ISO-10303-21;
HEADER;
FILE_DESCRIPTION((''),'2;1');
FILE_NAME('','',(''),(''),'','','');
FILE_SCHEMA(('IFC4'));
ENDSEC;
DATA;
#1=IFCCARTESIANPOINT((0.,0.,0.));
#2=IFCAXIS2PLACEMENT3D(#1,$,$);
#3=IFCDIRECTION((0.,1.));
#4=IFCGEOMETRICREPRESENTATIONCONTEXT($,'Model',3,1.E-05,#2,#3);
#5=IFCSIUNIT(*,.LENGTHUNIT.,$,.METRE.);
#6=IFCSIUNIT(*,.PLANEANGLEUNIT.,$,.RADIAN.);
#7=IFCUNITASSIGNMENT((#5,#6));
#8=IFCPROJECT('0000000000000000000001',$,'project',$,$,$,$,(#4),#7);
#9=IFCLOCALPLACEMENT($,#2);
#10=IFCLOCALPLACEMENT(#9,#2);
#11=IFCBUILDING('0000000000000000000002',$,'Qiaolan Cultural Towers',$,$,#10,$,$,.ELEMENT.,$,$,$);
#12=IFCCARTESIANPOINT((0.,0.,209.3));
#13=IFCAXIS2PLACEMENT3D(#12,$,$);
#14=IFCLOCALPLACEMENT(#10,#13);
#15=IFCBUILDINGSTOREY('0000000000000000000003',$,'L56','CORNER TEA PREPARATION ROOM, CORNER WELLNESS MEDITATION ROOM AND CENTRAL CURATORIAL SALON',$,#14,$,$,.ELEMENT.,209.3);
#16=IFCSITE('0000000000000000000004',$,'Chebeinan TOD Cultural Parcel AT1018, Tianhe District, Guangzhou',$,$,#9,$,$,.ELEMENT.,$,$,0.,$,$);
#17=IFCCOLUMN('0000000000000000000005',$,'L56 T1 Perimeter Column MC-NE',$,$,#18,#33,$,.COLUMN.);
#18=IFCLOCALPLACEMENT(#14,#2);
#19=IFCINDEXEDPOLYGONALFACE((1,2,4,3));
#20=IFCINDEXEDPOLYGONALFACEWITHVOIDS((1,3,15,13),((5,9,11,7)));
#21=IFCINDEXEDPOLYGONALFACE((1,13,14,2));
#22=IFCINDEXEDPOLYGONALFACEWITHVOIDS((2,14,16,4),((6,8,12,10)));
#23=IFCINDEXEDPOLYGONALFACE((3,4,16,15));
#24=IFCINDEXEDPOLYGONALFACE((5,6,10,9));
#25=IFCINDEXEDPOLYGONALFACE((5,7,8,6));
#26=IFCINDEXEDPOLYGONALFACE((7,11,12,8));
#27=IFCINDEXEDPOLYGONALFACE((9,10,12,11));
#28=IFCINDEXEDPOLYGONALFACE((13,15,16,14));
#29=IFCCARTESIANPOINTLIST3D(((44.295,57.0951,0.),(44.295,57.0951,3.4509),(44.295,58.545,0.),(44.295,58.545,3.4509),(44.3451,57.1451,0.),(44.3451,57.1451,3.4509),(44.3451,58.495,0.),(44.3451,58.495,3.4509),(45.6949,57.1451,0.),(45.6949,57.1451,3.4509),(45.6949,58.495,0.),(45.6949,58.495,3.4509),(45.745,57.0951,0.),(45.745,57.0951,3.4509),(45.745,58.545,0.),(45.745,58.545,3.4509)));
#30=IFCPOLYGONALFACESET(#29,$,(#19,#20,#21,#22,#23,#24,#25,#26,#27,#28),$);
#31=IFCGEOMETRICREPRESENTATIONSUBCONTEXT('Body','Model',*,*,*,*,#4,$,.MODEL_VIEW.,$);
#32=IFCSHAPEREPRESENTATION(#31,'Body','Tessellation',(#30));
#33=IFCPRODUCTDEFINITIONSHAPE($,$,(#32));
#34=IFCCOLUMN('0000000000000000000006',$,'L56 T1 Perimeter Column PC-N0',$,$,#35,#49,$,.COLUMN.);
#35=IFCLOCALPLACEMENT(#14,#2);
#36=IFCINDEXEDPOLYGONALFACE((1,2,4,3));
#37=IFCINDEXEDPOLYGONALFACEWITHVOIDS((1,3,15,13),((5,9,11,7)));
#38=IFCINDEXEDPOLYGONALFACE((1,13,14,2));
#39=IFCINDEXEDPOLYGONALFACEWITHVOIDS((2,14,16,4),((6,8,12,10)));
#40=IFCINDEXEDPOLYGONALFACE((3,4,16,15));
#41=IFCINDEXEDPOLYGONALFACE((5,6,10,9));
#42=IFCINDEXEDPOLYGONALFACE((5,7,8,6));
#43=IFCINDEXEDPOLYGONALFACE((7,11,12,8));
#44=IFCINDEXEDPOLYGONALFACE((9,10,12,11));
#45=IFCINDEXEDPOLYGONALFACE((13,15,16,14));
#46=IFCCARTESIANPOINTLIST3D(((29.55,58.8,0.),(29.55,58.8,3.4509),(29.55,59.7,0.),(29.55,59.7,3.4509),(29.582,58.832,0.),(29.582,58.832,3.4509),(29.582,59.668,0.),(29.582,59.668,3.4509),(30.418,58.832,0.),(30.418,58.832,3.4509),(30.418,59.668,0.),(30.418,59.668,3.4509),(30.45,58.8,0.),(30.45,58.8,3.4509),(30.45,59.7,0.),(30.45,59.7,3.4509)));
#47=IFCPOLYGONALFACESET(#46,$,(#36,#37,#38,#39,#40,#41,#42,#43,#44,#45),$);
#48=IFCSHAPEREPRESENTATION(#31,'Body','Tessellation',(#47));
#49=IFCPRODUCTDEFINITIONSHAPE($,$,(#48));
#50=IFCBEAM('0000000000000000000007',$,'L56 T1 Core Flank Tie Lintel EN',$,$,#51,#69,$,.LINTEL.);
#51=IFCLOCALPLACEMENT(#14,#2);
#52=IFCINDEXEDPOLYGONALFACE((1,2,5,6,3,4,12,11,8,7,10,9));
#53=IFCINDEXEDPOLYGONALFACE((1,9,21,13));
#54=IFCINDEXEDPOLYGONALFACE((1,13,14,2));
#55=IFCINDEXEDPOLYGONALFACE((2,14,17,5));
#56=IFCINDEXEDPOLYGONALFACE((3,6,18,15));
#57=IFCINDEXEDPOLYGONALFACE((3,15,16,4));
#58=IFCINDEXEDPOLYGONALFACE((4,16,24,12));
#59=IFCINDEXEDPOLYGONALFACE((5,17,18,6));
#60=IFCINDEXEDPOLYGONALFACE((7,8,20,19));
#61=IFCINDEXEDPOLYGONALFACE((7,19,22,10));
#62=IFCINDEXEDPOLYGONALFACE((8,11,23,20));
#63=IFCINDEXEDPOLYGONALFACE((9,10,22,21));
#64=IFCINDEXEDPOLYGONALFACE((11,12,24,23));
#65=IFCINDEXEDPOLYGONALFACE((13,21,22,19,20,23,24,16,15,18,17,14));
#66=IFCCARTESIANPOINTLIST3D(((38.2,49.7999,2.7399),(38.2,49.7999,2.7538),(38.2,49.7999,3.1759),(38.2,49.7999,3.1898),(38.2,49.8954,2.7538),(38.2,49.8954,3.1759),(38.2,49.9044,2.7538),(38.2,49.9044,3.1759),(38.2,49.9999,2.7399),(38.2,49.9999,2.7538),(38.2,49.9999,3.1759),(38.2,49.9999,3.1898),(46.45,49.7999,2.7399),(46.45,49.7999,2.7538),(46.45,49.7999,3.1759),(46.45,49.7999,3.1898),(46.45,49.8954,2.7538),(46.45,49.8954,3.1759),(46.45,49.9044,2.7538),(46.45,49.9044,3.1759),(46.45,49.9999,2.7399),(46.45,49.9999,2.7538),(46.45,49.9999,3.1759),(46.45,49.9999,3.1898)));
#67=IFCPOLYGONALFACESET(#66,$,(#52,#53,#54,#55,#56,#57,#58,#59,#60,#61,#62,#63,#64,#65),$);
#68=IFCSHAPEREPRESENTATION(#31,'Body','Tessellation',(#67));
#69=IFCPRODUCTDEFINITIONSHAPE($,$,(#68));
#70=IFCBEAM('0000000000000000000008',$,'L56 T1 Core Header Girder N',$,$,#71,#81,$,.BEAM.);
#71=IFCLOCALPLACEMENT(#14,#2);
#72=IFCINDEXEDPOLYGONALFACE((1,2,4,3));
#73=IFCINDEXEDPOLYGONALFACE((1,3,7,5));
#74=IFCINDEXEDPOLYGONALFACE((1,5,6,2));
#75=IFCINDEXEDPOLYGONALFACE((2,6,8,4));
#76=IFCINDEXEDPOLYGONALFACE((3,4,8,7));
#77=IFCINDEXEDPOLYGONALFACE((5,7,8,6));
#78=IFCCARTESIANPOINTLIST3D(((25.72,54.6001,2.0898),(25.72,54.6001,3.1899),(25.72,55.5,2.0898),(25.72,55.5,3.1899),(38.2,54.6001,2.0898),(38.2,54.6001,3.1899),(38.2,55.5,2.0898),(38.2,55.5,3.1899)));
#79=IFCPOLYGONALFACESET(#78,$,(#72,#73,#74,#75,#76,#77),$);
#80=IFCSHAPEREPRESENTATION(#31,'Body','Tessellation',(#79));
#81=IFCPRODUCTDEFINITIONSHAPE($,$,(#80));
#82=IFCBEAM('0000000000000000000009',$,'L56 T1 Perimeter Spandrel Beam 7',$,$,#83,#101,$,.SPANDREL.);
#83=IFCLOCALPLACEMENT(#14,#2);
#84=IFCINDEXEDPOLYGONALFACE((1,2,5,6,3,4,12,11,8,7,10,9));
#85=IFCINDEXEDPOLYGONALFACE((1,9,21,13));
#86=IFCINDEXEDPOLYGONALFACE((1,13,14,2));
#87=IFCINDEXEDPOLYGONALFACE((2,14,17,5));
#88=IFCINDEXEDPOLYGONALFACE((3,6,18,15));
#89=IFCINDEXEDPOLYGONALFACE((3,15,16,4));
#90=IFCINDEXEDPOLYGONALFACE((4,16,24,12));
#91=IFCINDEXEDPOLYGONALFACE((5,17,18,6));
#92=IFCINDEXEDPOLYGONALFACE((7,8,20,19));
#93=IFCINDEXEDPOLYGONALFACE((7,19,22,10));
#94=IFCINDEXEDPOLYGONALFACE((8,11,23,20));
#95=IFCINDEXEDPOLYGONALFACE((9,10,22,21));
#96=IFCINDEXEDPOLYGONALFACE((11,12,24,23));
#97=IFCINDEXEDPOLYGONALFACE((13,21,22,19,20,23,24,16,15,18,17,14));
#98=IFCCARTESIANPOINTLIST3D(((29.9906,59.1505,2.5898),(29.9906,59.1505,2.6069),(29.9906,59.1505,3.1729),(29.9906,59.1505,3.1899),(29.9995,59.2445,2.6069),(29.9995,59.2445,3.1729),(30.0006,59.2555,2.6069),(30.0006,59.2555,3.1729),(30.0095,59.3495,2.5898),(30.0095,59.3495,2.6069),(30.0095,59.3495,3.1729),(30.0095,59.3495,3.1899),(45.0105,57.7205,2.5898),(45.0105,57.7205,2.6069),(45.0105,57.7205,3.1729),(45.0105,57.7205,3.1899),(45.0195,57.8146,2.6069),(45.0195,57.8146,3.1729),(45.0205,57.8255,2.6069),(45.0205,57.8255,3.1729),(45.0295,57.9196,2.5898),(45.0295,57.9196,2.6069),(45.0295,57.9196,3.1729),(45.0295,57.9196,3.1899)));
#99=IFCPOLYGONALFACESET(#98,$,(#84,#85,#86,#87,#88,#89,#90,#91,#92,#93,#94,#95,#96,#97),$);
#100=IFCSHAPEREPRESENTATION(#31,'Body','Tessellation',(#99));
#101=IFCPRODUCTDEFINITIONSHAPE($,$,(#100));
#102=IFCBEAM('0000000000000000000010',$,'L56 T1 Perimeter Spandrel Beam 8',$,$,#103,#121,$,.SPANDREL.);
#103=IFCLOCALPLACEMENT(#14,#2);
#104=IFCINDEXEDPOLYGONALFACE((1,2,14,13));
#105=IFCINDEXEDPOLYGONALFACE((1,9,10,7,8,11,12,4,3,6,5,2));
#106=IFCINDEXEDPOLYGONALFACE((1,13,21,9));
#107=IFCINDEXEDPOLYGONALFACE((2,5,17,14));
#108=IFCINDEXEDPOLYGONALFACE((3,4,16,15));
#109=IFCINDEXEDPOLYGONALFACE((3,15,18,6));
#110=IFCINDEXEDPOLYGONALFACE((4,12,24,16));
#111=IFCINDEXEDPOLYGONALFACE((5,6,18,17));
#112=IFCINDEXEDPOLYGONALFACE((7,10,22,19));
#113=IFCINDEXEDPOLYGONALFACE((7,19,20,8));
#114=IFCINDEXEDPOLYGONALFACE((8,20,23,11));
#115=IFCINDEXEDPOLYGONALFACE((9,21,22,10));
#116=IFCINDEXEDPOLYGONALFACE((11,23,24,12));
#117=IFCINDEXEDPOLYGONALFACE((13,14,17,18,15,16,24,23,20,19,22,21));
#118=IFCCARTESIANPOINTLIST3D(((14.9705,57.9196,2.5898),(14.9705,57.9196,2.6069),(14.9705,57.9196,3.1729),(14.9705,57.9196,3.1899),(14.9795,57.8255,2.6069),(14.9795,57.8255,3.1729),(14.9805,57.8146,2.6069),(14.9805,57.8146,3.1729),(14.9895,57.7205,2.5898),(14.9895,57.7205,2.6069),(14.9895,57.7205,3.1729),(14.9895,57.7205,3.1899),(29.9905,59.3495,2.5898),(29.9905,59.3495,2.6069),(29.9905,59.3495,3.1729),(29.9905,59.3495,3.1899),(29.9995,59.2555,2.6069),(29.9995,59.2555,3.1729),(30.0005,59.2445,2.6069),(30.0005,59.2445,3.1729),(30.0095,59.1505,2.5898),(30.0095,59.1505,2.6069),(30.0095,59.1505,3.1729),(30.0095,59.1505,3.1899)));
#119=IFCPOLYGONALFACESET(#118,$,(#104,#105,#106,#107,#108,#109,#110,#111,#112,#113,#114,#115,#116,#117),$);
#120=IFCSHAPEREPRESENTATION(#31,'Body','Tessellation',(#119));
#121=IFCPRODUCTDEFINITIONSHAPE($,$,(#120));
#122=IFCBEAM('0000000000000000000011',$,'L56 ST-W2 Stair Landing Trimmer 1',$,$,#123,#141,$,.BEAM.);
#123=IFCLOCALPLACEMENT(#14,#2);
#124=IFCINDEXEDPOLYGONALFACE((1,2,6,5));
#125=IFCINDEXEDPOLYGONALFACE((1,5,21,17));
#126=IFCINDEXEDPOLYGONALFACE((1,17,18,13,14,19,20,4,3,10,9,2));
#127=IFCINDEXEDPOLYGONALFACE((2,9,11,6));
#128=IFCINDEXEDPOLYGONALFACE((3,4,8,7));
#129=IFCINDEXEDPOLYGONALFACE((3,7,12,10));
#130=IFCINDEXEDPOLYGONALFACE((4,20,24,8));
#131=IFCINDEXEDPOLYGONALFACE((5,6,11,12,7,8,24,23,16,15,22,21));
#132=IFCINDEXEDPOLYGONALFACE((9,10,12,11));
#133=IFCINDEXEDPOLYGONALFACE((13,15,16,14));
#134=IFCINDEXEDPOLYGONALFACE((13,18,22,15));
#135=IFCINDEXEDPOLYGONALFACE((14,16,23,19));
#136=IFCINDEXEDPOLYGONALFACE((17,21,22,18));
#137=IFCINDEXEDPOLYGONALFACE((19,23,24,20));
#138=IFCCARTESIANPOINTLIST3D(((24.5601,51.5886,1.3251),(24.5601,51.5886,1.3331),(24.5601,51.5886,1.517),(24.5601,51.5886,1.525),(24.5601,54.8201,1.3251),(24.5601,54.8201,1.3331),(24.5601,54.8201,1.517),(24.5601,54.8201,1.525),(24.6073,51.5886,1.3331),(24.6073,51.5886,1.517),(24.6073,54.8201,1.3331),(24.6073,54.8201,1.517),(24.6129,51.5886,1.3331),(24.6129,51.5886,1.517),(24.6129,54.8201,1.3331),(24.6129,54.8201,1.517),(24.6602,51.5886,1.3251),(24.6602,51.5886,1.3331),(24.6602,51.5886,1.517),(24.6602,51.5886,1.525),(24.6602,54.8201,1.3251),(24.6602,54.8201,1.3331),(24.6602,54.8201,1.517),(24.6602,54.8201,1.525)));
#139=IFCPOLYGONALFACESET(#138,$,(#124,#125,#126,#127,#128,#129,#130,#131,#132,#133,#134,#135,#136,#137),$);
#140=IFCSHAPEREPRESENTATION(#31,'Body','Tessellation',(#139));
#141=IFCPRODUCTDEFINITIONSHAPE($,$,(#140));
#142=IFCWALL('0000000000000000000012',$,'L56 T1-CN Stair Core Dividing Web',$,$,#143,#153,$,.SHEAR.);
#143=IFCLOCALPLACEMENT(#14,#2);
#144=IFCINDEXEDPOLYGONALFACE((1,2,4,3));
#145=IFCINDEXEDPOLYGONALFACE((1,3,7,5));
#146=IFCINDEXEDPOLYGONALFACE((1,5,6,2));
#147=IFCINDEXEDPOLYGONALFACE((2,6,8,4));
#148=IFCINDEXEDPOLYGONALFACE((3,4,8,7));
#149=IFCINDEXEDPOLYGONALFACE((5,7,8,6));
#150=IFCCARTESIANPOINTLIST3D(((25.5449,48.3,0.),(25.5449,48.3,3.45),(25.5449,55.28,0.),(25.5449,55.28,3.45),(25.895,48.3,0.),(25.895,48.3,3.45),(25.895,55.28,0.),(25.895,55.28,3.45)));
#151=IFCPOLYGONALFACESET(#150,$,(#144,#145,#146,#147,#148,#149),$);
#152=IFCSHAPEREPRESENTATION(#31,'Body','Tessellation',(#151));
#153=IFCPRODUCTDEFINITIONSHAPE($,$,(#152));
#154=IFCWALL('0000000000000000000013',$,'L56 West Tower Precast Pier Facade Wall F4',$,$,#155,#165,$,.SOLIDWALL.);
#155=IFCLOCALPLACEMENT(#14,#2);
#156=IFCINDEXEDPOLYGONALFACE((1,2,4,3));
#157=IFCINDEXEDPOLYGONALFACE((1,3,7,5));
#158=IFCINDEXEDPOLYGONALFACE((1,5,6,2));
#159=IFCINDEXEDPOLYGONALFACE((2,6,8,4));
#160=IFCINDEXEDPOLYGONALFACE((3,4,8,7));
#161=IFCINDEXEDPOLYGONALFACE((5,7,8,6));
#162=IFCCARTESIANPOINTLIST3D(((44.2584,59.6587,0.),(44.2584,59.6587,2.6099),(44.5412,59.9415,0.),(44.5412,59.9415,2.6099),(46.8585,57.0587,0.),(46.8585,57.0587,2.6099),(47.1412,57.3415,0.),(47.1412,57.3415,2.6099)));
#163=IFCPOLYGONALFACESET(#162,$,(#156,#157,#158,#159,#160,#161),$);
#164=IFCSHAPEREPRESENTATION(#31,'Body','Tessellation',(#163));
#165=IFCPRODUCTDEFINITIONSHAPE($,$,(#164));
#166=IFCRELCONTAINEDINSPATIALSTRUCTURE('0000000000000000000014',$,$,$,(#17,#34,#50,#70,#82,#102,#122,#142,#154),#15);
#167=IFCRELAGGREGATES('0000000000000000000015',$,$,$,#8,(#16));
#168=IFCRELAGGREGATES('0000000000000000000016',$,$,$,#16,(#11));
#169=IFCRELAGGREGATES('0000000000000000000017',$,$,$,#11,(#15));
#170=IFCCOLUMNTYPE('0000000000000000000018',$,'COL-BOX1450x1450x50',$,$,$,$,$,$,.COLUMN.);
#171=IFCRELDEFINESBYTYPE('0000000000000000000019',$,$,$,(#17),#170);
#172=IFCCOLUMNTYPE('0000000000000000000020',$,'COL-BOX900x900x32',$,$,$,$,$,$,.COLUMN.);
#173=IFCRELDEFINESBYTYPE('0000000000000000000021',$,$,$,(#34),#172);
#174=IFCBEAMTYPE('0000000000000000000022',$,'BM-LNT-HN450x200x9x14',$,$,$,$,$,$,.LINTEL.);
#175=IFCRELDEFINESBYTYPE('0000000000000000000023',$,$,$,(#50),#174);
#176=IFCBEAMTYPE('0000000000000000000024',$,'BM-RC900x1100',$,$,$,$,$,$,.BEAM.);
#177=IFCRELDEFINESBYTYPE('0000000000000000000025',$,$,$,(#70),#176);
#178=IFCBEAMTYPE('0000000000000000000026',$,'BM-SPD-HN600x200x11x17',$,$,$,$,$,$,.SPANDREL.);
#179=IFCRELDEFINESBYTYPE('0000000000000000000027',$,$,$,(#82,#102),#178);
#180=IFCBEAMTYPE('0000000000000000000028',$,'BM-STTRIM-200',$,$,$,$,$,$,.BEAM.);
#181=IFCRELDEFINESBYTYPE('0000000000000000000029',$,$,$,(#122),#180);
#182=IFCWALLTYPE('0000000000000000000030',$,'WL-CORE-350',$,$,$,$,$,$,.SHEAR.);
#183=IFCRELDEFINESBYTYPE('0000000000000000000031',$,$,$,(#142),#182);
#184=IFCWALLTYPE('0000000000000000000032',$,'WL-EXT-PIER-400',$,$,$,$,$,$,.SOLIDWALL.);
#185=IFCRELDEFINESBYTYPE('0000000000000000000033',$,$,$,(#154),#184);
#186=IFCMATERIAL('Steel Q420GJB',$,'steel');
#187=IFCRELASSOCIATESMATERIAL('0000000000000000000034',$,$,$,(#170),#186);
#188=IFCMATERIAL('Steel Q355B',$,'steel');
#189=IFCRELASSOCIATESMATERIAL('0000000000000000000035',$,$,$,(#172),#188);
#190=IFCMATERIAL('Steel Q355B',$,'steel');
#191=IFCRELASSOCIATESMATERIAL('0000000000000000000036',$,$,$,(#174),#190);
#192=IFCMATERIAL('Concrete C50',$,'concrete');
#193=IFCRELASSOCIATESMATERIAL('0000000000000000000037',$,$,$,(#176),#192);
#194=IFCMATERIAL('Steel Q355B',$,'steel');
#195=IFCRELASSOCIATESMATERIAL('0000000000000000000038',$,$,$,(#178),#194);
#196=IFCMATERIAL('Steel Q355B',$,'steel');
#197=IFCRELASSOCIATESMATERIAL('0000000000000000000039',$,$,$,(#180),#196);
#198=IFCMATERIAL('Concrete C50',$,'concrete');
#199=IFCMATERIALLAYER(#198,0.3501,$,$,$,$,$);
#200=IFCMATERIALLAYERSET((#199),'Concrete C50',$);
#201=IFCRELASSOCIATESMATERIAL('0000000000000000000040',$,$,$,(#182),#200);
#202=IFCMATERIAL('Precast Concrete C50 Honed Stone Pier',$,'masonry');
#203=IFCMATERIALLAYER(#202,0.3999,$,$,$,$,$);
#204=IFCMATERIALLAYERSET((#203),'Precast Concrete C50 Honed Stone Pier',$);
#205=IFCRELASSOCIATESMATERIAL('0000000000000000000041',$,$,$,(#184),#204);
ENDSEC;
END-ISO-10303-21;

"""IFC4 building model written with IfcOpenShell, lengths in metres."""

from ifc_helpers import new_model, si_unit, direction, frame, frame_2d, origin, origin_2d, place, context, subcontext, project, spatial, rectangle, hollow_rectangle, i_section, extrude, material, layer, layer_set, material_profile, profile_set, type_object, element, save


model = new_model("IFC4")

# Units and contexts
model_context = context("Model", 3, precision=1e-05, world=origin(), true_north=direction((0.0, 1.0)))
body_context = subcontext(model_context, "Body", "Model", "MODEL_VIEW")
ifc_project = project(units=[si_unit("LENGTHUNIT", "METRE"), si_unit("PLANEANGLEUNIT", "RADIAN")], contexts=[model_context])

# Site, building, storey
site_placement = place(None, origin())
site = spatial("IfcSite", under=ifc_project, at=site_placement, Name="Chebeinan TOD Cultural Parcel AT1018, Tianhe District, Guangzhou", CompositionType="ELEMENT", RefElevation=0.0)
building_placement = place(site_placement, origin())
building = spatial("IfcBuilding", under=site, at=building_placement, Name="Qiaolan Cultural Towers", CompositionType="ELEMENT")
storey_placement = place(building_placement, frame((0.0, 0.0, 209.3)))
storey = spatial("IfcBuildingStorey", under=building, at=storey_placement, Name="L56", Description="CORNER TEA PREPARATION ROOM, CORNER WELLNESS MEDITATION ROOM AND CENTRAL CURATORIAL SALON", CompositionType="ELEMENT", Elevation=209.3)

# Columns
ifc_material_1 = material(Name="Steel Q420GJB", Category="steel")
ifc_material_profile_1 = material_profile(ifc_material_1, hollow_rectangle(XDim=1.45, YDim=1.45, WallThickness=0.05, at=origin_2d()), Name="BOX1450x1450x50")
ifc_profile_set_1 = profile_set([ifc_material_profile_1], Name="Steel Q420GJB")
column_type_1 = type_object("IfcColumnType", Name="COL-BOX1450x1450x50", PredefinedType="COLUMN", material=ifc_profile_set_1)
column_1_placement = place(storey_placement, frame((45.02, 57.8201, 0.0), z_axis=(0.0, 0.0, 1.0), x_axis=(1.0, 0.0, 0.0)))
element("IfcColumn", 1, at=column_1_placement, inside=storey, type_object=column_type_1, Name="L56 T1 Perimeter Column MC-NE", PredefinedType="COLUMN", context=body_context, shape_type="SweptSolid", body=[
    extrude(hollow_rectangle(XDim=1.45, YDim=1.45, WallThickness=0.05, at=origin_2d()), origin(), (0.0, 0.0, 1.0), 3.4509),
])
ifc_material_2 = material(Name="Steel Q355B", Category="steel")
ifc_material_profile_2 = material_profile(ifc_material_2, hollow_rectangle(XDim=0.8999, YDim=0.8999, WallThickness=0.032, at=origin_2d()), Name="BOX900x900x32")
ifc_profile_set_2 = profile_set([ifc_material_profile_2], Name="Steel Q355B")
column_type_2 = type_object("IfcColumnType", Name="COL-BOX900x900x32", PredefinedType="COLUMN", material=ifc_profile_set_2)
column_2_placement = place(storey_placement, frame((30.0, 59.25, 0.0), z_axis=(0.0, 0.0, 1.0), x_axis=(1.0, 0.0, 0.0)))
element("IfcColumn", 2, at=column_2_placement, inside=storey, type_object=column_type_2, Name="L56 T1 Perimeter Column PC-N0", PredefinedType="COLUMN", context=body_context, shape_type="SweptSolid", body=[
    extrude(hollow_rectangle(XDim=0.8999, YDim=0.8999, WallThickness=0.032, at=origin_2d()), origin(), (0.0, 0.0, 1.0), 3.4509),
])

# Beams
ifc_material_3 = material(Name="Steel Q355B", Category="steel")
ifc_material_profile_3 = material_profile(ifc_material_3, i_section(OverallWidth=0.2, OverallDepth=0.45, WebThickness=0.009, FlangeThickness=0.0139, at=origin_2d()), Name="HN450x200x9x14")
ifc_profile_set_3 = profile_set([ifc_material_profile_3], Name="Steel Q355B")
beam_type_1 = type_object("IfcBeamType", Name="BM-LNT-HN450x200x9x14", PredefinedType="LINTEL", material=ifc_profile_set_3)
beam_1_placement = place(storey_placement, frame((38.2, 49.8999, 2.9648), z_axis=(1.0, 0.0, 0.0), x_axis=(0.0, 1.0, 0.0)))
element("IfcBeam", 3, at=beam_1_placement, inside=storey, type_object=beam_type_1, Name="L56 T1 Core Flank Tie Lintel EN", PredefinedType="LINTEL", context=body_context, shape_type="SweptSolid", body=[
    extrude(i_section(OverallWidth=0.2, OverallDepth=0.45, WebThickness=0.009, FlangeThickness=0.0139, at=origin_2d()), origin(), (0.0, 0.0, 1.0), 8.25),
])
ifc_material_4 = material(Name="Concrete C50", Category="concrete")
ifc_material_profile_4 = material_profile(ifc_material_4, rectangle(XDim=0.8999, YDim=1.1001, at=origin_2d()), Name="RC900x1100")
ifc_profile_set_4 = profile_set([ifc_material_profile_4], Name="Concrete C50")
beam_type_2 = type_object("IfcBeamType", Name="BM-RC900x1100", PredefinedType="BEAM", material=ifc_profile_set_4)
beam_2_placement = place(storey_placement, frame((25.72, 55.05, 2.6399), z_axis=(1.0, 0.0, 0.0), x_axis=(0.0, 1.0, 0.0)))
element("IfcBeam", 4, at=beam_2_placement, inside=storey, type_object=beam_type_2, Name="L56 T1 Core Header Girder N", PredefinedType="BEAM", context=body_context, shape_type="SweptSolid", body=[
    extrude(rectangle(XDim=0.8999, YDim=1.1001, at=origin_2d()), origin(), (0.0, 0.0, 1.0), 12.48),
])
ifc_material_5 = material(Name="Steel Q355B", Category="steel")
ifc_material_profile_5 = material_profile(ifc_material_5, i_section(OverallWidth=0.2, OverallDepth=0.6001, WebThickness=0.011, FlangeThickness=0.0171, at=origin_2d()), Name="HN600x200x11x17")
ifc_profile_set_5 = profile_set([ifc_material_profile_5], Name="Steel Q355B")
beam_type_3 = type_object("IfcBeamType", Name="BM-SPD-HN600x200x11x17", PredefinedType="SPANDREL", material=ifc_profile_set_5)
for number, where, z_axis, x_axis, name in (
    (5, (45.02, 57.8201, 2.8899), (-0.995499, 0.094773, 0.0), (-0.094773, -0.995499, 0.0), "L56 T1 Perimeter Spandrel Beam 7"),
    (6, (30.0, 59.25, 2.8899), (-0.995499, -0.094773, 0.0), (0.094773, -0.995499, 0.0), "L56 T1 Perimeter Spandrel Beam 8"),
):
    element("IfcBeam", number, at=place(storey_placement, frame(where, z_axis=z_axis, x_axis=x_axis)), inside=storey, type_object=beam_type_3, Name=name, PredefinedType="SPANDREL", context=body_context, shape_type="SweptSolid", body=[
        extrude(i_section(OverallWidth=0.2, OverallDepth=0.6001, WebThickness=0.011, FlangeThickness=0.0171, at=origin_2d()), origin(), (0.0, 0.0, 1.0), 15.0879),
    ])
ifc_material_6 = material(Name="Steel Q355B", Category="steel")
ifc_material_profile_6 = material_profile(ifc_material_6, i_section(OverallWidth=0.1001, OverallDepth=0.2, WebThickness=0.0056, FlangeThickness=0.0081, at=origin_2d()), Name="HN200x100x5.5x8")
ifc_profile_set_6 = profile_set([ifc_material_profile_6], Name="Steel Q355B")
beam_type_4 = type_object("IfcBeamType", Name="BM-STTRIM-200", PredefinedType="BEAM", material=ifc_profile_set_6)
beam_3_placement = place(storey_placement, frame((24.6101, 51.5886, 1.425), z_axis=(0.0, 1.0, 0.0), x_axis=(-1.0, 0.0, 0.0)))
element("IfcBeam", 7, at=beam_3_placement, inside=storey, type_object=beam_type_4, Name="L56 ST-W2 Stair Landing Trimmer 1", PredefinedType="BEAM", context=body_context, shape_type="SweptSolid", body=[
    extrude(i_section(OverallWidth=0.1001, OverallDepth=0.2, WebThickness=0.0056, FlangeThickness=0.0081, at=origin_2d()), origin(), (0.0, 0.0, 1.0), 3.2314),
])

# Walls
ifc_material_7 = material(Name="Concrete C50", Category="concrete")
ifc_layer_1 = layer(ifc_material_7, 0.3501)
ifc_layer_set_1 = layer_set([ifc_layer_1], Name="Concrete C50")
wall_type_1 = type_object("IfcWallType", Name="WL-CORE-350", PredefinedType="SHEAR", material=ifc_layer_set_1)
wall_1_placement = place(storey_placement, frame((25.72, 48.3, 0.0), z_axis=(0.0, 0.0, 1.0), x_axis=(0.0, 1.0, 0.0)))
element("IfcWall", 8, at=wall_1_placement, inside=storey, type_object=wall_type_1, Name="L56 T1-CN Stair Core Dividing Web", PredefinedType="SHEAR", context=body_context, shape_type="SweptSolid", body=[
    extrude(rectangle(XDim=6.98, YDim=0.3501, at=frame_2d((3.49, 0.0))), origin(), (0.0, 0.0, 1.0), 3.45),
])
ifc_material_8 = material(Name="Precast Concrete C50 Honed Stone Pier", Category="masonry")
ifc_layer_2 = layer(ifc_material_8, 0.3999)
ifc_layer_set_2 = layer_set([ifc_layer_2], Name="Precast Concrete C50 Honed Stone Pier")
wall_type_2 = type_object("IfcWallType", Name="WL-EXT-PIER-400", PredefinedType="SOLIDWALL", material=ifc_layer_set_2)
wall_2_placement = place(storey_placement, frame((44.3999, 59.8, 0.0), z_axis=(0.0, 0.0, 1.0), x_axis=(0.707107, -0.707107, 0.0)))
element("IfcWall", 9, at=wall_2_placement, inside=storey, type_object=wall_type_2, Name="L56 West Tower Precast Pier Facade Wall F4", PredefinedType="SOLIDWALL", context=body_context, shape_type="SweptSolid", body=[
    extrude(rectangle(XDim=3.677, YDim=0.3999, at=frame_2d((1.8384, 0.0))), origin(), (0.0, 0.0, 1.0), 2.6099),
])

save(model, "model.ifc")
